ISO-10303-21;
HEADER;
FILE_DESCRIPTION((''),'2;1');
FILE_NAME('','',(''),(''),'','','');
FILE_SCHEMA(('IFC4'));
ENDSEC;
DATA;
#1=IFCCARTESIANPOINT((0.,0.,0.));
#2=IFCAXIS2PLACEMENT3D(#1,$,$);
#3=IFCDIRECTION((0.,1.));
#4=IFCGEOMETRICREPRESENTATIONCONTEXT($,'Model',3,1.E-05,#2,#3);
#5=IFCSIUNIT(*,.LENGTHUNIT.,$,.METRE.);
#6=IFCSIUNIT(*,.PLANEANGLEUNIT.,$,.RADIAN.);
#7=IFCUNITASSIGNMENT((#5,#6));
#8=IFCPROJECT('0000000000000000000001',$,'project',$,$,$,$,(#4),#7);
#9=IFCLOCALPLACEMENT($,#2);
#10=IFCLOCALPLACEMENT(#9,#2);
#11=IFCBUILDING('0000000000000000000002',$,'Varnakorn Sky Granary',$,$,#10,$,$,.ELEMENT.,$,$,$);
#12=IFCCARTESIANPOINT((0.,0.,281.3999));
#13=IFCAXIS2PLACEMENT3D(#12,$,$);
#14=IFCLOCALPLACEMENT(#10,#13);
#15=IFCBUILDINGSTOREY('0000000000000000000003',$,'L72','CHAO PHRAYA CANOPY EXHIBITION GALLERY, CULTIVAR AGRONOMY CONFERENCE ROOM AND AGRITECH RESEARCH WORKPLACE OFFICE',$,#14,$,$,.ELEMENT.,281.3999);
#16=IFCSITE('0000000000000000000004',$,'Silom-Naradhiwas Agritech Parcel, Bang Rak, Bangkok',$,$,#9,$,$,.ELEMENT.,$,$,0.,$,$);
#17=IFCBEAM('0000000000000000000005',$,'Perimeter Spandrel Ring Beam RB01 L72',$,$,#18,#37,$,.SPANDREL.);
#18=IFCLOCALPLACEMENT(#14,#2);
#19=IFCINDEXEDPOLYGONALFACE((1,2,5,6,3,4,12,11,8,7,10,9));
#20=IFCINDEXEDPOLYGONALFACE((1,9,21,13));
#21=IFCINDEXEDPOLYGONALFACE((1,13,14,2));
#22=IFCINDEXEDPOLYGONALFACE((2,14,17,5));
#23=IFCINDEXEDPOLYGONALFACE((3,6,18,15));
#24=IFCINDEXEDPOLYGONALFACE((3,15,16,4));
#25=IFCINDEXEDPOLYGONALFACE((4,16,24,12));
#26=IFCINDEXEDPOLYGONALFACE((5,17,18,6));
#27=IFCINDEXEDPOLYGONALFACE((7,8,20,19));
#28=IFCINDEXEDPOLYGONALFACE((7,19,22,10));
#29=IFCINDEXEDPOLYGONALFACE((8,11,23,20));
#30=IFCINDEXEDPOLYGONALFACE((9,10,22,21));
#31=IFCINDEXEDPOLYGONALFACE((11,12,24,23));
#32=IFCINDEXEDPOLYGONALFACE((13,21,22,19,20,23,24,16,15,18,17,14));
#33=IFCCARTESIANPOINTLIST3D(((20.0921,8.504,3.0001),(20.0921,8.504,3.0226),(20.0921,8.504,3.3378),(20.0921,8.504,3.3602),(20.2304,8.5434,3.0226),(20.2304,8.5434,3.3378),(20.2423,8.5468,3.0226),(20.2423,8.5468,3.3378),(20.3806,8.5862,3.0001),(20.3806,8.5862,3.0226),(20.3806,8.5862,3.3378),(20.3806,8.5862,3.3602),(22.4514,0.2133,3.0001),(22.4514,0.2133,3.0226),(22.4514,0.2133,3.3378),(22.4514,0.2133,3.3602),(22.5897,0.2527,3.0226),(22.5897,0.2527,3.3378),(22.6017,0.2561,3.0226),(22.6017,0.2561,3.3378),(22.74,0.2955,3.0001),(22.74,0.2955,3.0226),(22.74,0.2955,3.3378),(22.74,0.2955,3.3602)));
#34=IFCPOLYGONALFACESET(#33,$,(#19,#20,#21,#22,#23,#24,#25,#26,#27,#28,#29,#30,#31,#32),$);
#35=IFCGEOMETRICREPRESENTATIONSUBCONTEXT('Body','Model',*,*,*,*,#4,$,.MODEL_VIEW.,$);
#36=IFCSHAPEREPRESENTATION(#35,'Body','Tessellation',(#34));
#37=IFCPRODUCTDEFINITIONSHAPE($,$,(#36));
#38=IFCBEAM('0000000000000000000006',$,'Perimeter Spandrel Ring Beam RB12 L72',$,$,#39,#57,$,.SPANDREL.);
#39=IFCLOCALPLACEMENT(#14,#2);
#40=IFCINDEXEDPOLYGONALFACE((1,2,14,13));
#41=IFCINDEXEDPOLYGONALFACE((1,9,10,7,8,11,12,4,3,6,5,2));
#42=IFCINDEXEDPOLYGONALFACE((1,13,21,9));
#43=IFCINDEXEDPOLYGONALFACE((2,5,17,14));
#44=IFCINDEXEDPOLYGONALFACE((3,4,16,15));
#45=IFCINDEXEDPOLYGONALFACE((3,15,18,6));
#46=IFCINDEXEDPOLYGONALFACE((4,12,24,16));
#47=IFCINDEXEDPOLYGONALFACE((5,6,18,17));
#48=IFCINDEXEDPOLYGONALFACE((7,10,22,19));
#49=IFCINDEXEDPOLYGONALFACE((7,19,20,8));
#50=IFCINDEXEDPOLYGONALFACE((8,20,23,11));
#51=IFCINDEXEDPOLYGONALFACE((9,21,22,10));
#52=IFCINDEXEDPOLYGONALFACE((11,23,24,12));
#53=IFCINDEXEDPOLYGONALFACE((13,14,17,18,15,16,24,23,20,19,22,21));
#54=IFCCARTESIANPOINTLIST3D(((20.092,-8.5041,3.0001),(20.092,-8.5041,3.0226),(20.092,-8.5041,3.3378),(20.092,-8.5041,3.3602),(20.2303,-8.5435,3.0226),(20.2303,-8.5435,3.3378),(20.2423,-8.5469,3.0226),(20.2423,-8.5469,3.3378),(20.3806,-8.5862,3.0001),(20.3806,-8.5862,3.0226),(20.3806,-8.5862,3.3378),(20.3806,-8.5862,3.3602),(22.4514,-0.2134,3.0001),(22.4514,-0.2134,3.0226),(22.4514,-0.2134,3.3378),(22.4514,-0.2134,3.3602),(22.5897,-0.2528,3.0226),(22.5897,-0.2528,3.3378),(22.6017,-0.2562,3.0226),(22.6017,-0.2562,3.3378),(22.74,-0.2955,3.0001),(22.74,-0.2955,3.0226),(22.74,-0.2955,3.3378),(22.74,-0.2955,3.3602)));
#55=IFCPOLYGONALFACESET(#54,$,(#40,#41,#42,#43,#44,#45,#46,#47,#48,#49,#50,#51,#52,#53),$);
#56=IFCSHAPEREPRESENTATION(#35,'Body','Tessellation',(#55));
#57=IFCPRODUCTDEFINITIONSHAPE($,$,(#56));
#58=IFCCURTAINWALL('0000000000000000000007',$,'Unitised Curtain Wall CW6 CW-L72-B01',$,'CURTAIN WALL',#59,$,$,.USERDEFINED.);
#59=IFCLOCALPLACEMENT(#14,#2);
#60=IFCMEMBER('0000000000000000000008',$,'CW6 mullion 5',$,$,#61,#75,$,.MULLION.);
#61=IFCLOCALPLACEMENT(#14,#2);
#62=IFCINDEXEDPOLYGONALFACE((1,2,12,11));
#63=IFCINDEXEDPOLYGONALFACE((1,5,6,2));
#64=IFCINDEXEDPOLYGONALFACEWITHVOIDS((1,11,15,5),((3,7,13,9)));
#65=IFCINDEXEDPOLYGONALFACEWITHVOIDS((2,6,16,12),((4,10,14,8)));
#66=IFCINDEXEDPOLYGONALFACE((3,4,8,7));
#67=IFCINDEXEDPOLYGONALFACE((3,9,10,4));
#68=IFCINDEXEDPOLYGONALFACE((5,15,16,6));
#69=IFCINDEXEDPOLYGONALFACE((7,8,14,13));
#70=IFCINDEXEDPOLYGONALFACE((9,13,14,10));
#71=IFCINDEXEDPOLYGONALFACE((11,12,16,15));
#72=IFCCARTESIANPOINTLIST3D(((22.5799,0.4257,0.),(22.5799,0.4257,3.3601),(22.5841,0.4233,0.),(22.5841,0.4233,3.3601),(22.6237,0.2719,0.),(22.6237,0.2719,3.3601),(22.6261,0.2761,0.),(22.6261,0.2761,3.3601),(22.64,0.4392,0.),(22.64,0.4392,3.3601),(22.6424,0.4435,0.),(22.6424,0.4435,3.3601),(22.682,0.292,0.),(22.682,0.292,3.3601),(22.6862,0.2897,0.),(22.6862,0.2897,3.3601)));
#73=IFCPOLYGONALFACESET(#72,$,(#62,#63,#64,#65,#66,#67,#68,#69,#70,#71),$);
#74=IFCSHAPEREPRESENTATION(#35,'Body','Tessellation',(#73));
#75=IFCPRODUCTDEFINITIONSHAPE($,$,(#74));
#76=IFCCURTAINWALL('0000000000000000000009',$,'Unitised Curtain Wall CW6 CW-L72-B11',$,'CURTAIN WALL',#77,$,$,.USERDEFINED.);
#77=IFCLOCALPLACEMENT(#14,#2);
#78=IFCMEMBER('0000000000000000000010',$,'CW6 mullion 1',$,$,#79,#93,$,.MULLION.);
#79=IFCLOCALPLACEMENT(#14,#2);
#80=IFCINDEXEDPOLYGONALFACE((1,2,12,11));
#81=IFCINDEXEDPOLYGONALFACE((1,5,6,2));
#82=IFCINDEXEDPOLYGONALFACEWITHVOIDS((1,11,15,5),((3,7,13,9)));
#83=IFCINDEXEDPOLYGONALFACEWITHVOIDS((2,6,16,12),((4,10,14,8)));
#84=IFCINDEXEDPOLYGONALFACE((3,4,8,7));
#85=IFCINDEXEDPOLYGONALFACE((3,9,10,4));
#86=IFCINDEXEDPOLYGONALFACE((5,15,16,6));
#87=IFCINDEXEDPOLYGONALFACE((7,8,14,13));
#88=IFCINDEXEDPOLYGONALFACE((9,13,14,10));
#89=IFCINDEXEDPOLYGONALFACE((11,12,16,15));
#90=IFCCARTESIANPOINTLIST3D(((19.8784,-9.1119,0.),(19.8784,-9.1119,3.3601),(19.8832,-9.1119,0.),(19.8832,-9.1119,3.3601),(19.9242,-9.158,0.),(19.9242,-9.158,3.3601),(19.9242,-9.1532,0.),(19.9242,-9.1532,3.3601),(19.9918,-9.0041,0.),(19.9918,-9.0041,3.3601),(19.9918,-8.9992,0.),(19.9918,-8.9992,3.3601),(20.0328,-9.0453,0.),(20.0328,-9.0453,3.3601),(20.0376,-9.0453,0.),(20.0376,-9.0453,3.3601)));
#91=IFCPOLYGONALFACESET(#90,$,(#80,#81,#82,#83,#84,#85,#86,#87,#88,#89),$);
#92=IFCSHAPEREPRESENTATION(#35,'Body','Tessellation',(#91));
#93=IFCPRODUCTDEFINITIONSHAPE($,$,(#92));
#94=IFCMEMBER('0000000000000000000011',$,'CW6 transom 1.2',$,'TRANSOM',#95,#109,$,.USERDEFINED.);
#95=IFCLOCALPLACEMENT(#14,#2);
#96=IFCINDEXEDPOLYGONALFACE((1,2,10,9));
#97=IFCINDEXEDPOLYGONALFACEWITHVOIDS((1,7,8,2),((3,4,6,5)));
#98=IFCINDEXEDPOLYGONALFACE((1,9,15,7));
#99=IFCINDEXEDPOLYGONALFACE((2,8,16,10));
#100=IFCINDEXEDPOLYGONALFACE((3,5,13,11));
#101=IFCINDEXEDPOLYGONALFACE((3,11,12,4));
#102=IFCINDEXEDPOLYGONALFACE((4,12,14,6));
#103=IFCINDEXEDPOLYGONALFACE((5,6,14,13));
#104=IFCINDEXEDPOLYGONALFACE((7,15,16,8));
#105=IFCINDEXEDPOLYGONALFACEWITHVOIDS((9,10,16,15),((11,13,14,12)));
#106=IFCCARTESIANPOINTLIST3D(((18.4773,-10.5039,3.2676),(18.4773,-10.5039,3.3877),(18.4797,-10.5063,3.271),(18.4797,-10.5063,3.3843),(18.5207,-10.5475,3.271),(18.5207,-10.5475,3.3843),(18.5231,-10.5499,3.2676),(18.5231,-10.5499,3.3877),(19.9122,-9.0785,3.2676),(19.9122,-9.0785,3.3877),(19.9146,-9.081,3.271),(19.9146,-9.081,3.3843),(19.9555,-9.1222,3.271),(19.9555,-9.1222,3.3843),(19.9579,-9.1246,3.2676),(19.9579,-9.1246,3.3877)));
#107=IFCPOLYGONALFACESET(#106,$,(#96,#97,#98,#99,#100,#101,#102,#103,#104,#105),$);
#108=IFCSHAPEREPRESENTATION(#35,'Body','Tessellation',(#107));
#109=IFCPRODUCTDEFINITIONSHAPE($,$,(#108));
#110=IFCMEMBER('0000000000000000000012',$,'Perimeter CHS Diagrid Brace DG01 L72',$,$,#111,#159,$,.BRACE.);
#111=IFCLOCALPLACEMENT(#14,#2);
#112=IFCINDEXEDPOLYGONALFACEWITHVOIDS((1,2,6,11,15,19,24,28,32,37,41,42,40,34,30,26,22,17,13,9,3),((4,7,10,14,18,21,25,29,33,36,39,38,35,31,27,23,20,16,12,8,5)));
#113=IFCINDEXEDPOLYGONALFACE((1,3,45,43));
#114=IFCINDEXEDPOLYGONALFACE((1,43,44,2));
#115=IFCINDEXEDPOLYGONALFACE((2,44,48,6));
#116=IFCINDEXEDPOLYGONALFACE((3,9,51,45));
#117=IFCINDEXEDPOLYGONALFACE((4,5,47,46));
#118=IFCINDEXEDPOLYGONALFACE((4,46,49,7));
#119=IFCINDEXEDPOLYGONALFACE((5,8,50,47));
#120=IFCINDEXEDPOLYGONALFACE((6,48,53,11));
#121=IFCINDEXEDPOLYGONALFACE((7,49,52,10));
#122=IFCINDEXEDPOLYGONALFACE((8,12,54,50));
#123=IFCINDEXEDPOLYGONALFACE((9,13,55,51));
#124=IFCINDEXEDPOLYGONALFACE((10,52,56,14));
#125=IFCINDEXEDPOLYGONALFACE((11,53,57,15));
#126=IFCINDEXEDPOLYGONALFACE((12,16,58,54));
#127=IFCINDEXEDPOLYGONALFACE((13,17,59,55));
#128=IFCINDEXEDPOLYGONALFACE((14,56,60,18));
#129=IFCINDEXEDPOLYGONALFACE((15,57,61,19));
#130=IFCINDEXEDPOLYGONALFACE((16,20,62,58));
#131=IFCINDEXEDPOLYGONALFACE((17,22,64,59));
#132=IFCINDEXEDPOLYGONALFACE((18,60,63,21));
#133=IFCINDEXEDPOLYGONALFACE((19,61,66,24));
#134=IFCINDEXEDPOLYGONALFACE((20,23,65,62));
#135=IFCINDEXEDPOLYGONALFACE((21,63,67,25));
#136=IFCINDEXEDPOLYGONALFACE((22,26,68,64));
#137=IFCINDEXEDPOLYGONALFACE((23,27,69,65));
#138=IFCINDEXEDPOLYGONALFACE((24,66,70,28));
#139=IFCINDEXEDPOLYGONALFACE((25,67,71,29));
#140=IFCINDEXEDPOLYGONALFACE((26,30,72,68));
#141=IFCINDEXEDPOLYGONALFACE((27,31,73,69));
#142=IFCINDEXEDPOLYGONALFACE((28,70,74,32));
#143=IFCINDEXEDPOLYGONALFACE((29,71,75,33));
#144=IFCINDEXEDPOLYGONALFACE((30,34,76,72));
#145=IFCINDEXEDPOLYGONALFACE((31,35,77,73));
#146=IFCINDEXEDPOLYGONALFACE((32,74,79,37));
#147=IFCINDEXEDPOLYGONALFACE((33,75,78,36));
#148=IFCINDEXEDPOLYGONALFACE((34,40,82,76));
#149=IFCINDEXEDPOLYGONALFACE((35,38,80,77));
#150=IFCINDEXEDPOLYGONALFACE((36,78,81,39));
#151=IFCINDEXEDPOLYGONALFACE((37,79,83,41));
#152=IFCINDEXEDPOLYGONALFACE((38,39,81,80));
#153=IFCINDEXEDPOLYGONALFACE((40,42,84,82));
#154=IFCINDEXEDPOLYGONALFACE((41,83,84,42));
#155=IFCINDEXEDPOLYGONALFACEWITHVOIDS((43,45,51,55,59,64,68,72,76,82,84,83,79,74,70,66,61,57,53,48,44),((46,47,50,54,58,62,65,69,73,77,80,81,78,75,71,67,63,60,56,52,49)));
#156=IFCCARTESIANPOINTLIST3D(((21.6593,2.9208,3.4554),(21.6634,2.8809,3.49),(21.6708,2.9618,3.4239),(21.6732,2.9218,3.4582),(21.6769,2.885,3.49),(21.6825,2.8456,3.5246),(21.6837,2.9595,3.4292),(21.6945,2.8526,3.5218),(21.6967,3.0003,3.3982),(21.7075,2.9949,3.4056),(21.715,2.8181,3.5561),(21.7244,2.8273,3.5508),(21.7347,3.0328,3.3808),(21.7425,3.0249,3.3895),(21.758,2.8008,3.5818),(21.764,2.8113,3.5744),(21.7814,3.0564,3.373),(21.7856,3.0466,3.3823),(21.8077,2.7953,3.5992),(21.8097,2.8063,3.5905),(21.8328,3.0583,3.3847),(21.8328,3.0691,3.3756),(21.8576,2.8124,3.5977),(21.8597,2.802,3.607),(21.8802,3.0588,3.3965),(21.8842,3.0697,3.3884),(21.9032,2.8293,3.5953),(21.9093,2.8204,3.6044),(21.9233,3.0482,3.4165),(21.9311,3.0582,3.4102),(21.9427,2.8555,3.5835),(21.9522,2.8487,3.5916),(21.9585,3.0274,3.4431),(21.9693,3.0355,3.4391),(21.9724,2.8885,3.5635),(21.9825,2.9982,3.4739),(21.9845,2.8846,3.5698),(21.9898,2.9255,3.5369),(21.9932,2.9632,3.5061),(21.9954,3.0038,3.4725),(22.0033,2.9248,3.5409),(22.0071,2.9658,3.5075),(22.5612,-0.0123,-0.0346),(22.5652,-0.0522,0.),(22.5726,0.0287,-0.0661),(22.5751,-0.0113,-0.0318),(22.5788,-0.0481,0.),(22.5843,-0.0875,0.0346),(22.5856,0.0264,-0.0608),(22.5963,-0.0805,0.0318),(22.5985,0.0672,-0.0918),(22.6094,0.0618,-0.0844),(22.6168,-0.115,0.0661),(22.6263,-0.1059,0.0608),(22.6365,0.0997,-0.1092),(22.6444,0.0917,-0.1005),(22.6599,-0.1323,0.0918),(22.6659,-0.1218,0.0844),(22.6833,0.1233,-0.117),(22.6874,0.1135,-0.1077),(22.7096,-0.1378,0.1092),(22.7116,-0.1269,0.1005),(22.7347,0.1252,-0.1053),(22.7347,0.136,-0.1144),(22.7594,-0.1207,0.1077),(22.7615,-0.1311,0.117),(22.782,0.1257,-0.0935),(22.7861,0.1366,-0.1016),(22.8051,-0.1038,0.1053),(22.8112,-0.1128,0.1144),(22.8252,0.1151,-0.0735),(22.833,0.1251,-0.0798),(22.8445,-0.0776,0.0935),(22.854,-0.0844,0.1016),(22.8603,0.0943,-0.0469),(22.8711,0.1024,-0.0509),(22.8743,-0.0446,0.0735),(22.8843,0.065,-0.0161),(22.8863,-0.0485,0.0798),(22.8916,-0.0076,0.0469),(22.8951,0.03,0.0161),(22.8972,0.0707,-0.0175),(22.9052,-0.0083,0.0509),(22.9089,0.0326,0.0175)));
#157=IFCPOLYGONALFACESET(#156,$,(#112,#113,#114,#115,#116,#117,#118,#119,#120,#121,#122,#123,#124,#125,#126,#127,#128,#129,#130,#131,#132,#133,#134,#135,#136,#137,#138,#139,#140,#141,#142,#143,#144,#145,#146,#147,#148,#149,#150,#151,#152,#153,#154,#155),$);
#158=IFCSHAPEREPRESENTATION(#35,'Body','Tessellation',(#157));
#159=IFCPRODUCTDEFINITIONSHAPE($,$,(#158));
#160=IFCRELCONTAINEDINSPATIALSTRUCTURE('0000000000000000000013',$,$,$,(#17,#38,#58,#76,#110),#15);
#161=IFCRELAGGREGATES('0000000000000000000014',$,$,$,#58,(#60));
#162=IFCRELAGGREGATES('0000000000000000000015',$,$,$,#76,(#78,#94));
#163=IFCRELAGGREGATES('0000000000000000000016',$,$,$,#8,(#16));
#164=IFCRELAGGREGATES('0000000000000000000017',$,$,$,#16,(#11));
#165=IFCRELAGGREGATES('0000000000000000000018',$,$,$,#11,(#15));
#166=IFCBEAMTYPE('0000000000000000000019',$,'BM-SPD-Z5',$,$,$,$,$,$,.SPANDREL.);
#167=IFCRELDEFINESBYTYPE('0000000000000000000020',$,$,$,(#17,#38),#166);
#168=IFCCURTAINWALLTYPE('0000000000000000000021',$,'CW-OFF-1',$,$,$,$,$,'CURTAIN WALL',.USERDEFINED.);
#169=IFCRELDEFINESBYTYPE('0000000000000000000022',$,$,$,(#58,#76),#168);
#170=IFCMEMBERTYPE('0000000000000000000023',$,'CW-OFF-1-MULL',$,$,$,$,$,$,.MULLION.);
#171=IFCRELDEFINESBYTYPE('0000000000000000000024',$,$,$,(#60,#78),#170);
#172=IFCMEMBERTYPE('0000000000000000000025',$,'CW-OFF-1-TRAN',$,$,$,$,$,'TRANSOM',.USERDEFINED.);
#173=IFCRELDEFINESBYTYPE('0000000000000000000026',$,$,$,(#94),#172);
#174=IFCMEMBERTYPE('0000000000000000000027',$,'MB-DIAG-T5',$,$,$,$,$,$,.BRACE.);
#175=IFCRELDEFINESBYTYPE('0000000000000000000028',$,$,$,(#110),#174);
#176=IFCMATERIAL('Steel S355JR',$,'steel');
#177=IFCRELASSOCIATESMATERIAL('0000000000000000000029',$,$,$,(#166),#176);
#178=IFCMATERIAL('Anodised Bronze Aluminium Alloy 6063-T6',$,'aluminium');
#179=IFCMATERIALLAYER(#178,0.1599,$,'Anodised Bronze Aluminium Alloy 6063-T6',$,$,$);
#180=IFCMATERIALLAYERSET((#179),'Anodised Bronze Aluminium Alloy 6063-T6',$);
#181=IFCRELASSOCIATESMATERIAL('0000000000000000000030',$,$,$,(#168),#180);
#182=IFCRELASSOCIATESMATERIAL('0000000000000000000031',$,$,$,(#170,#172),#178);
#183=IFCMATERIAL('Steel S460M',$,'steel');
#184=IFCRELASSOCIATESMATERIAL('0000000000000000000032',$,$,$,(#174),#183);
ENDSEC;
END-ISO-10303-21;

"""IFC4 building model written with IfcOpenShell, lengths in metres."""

from ifc_helpers import new_model, si_unit, direction, frame, origin, origin_2d, place, context, subcontext, project, spatial, hollow_rectangle, hollow_circle, i_section, extrude, material, layer, layer_set, material_profile, profile_set, type_object, element, aggregate, save


model = new_model("IFC4")

# Units and contexts
model_context = context("Model", 3, precision=1e-05, world=origin(), true_north=direction((0.0, 1.0)))
body_context = subcontext(model_context, "Body", "Model", "MODEL_VIEW")
ifc_project = project(units=[si_unit("LENGTHUNIT", "METRE"), si_unit("PLANEANGLEUNIT", "RADIAN")], contexts=[model_context])

# Site, building, storey
site_placement = place(None, origin())
site = spatial("IfcSite", under=ifc_project, at=site_placement, Name="Silom-Naradhiwas Agritech Parcel, Bang Rak, Bangkok", CompositionType="ELEMENT", RefElevation=0.0)
building_placement = place(site_placement, origin())
building = spatial("IfcBuilding", under=site, at=building_placement, Name="Varnakorn Sky Granary", CompositionType="ELEMENT")
storey_placement = place(building_placement, frame((0.0, 0.0, 281.3999)))
storey = spatial("IfcBuildingStorey", under=building, at=storey_placement, Name="L72", Description="CHAO PHRAYA CANOPY EXHIBITION GALLERY, CULTIVAR AGRONOMY CONFERENCE ROOM AND AGRITECH RESEARCH WORKPLACE OFFICE", CompositionType="ELEMENT", Elevation=281.3999)

# Shared definitions
ifc_material_1 = material(Name="Steel S460M", Category="steel")

# Beams
ifc_material_2 = material(Name="Steel S355JR", Category="steel")
ifc_material_profile_1 = material_profile(ifc_material_2, i_section(OverallWidth=0.3, OverallDepth=0.3601, WebThickness=0.0125, FlangeThickness=0.0225, at=origin_2d()), Name="HE 360 B")
ifc_profile_set_1 = profile_set([ifc_material_profile_1], Name="Steel S355JR")
beam_type_1 = type_object("IfcBeamType", Name="BM-SPD-Z5", PredefinedType="SPANDREL", material=ifc_profile_set_1)
for number, where, z_axis, x_axis, name in (
    (1, (22.5957, 0.2544, 3.1802), (-0.273711, 0.961812, 0.0), (-0.961812, -0.273711, 0.0), "Perimeter Spandrel Ring Beam RB01 L72"),
    (2, (20.2363, -8.5452, 3.1802), (0.273711, 0.961812, 0.0), (-0.961812, 0.273711, 0.0), "Perimeter Spandrel Ring Beam RB12 L72"),
):
    element("IfcBeam", number, at=place(storey_placement, frame(where, z_axis=z_axis, x_axis=x_axis)), inside=storey, type_object=beam_type_1, Name=name, PredefinedType="SPANDREL", context=body_context, shape_type="SweptSolid", body=[
        extrude(i_section(OverallWidth=0.3, OverallDepth=0.3601, WebThickness=0.0125, FlangeThickness=0.0225, at=origin_2d()), origin(), (0.0, 0.0, 1.0), 8.6199),
    ])

# Curtain wall, member
ifc_material_3 = material(Name="Anodised Bronze Aluminium Alloy 6063-T6", Category="aluminium")
ifc_layer_1 = layer(ifc_material_3, 0.1599, Name="Anodised Bronze Aluminium Alloy 6063-T6")
ifc_layer_set_1 = layer_set([ifc_layer_1], Name="Anodised Bronze Aluminium Alloy 6063-T6")
curtain_wall_type = type_object("IfcCurtainWallType", Name="CW-OFF-1", ElementType="CURTAIN WALL", PredefinedType="USERDEFINED", material=ifc_layer_set_1)
curtain_wall_1_placement = place(storey_placement, origin())
curtain_wall_1 = element("IfcCurtainWall", 3, at=curtain_wall_1_placement, inside=storey, type_object=curtain_wall_type, Name="Unitised Curtain Wall CW6 CW-L72-B01", ObjectType="CURTAIN WALL", PredefinedType="USERDEFINED")
ifc_material_profile_2 = material_profile(ifc_material_3, hollow_rectangle(XDim=0.0649, YDim=0.1599, WallThickness=0.0034, at=origin_2d()), Name="ALU MULL 65x160")
ifc_profile_set_2 = profile_set([ifc_material_profile_2], Name="Anodised Bronze Aluminium Alloy 6063-T6")
member_type_1 = type_object("IfcMemberType", Name="CW-OFF-1-MULL", PredefinedType="MULLION", material=ifc_profile_set_2)
member_1_placement = place(storey_placement, frame((22.6331, 0.3577, 0.0), z_axis=(0.0, 0.0, 1.0), x_axis=(0.961699, 0.274108, 0.0)))
member_1 = element("IfcMember", 4, at=member_1_placement, type_object=member_type_1, Name="CW6 mullion 5", PredefinedType="MULLION", context=body_context, shape_type="SweptSolid", body=[
    extrude(hollow_rectangle(XDim=0.0649, YDim=0.1599, WallThickness=0.0034, at=origin_2d()), origin(), (0.0, 0.0, 1.0), 3.3601),
])
aggregate(curtain_wall_1, [member_1])

# Curtain wall, members
curtain_wall_2_placement = place(storey_placement, origin())
curtain_wall_2 = element("IfcCurtainWall", 5, at=curtain_wall_2_placement, inside=storey, type_object=curtain_wall_type, Name="Unitised Curtain Wall CW6 CW-L72-B11", ObjectType="CURTAIN WALL", PredefinedType="USERDEFINED")
member_2_placement = place(storey_placement, frame((19.958, -9.0786, 0.0), z_axis=(0.0, 0.0, 1.0), x_axis=(0.704762, -0.709444, 0.0)))
member_2 = element("IfcMember", 6, at=member_2_placement, type_object=member_type_1, Name="CW6 mullion 1", PredefinedType="MULLION", context=body_context, shape_type="SweptSolid", body=[
    extrude(hollow_rectangle(XDim=0.0649, YDim=0.1599, WallThickness=0.0034, at=origin_2d()), origin(), (0.0, 0.0, 1.0), 3.3601),
])
ifc_material_profile_3 = material_profile(ifc_material_3, hollow_rectangle(XDim=0.0649, YDim=0.1201, WallThickness=0.0034, at=origin_2d()), Name="ALU TRAN 65x120")
ifc_profile_set_3 = profile_set([ifc_material_profile_3], Name="Anodised Bronze Aluminium Alloy 6063-T6")
member_type_2 = type_object("IfcMemberType", Name="CW-OFF-1-TRAN", ElementType="TRANSOM", PredefinedType="USERDEFINED", material=ifc_profile_set_3)
member_3_placement = place(storey_placement, frame((19.9351, -9.1016, 3.3276), z_axis=(-0.709457, -0.704749, 0.0), x_axis=(0.704749, -0.709457, 0.0)))
member_3 = element("IfcMember", 7, at=member_3_placement, type_object=member_type_2, Name="CW6 transom 1.2", ObjectType="TRANSOM", PredefinedType="USERDEFINED", context=body_context, shape_type="SweptSolid", body=[
    extrude(hollow_rectangle(XDim=0.0649, YDim=0.1201, WallThickness=0.0034, at=origin_2d()), origin(), (0.0, 0.0, 1.0), 2.0225),
])
aggregate(curtain_wall_2, [member_2, member_3])

# Member
ifc_material_profile_4 = material_profile(ifc_material_1, hollow_circle(Radius=0.1777, WallThickness=0.0142, at=origin_2d()), Name="CHS 355.6x14")
ifc_profile_set_4 = profile_set([ifc_material_profile_4], Name="Steel S460M")
member_type_3 = type_object("IfcMemberType", Name="MB-DIAG-T5", PredefinedType="BRACE", material=ifc_profile_set_4)
for number, where, z_axis, x_axis, name in (
    (8, (22.7351, 0.0, 0.0), (-0.194064, 0.631155, 0.750987), (-0.955837, -0.293896, 0.0), "Perimeter CHS Diagrid Brace DG01 L72"),
):
    element("IfcMember", number, at=place(storey_placement, frame(where, z_axis=z_axis, x_axis=x_axis)), inside=storey, type_object=member_type_3, Name=name, PredefinedType="BRACE", context=body_context, shape_type="SweptSolid", body=[
        extrude(hollow_circle(Radius=0.1777, WallThickness=0.0142, at=origin_2d()), origin(), (0.0, 0.0, 1.0), 4.6472),
    ])

save(model, "model.ifc")
